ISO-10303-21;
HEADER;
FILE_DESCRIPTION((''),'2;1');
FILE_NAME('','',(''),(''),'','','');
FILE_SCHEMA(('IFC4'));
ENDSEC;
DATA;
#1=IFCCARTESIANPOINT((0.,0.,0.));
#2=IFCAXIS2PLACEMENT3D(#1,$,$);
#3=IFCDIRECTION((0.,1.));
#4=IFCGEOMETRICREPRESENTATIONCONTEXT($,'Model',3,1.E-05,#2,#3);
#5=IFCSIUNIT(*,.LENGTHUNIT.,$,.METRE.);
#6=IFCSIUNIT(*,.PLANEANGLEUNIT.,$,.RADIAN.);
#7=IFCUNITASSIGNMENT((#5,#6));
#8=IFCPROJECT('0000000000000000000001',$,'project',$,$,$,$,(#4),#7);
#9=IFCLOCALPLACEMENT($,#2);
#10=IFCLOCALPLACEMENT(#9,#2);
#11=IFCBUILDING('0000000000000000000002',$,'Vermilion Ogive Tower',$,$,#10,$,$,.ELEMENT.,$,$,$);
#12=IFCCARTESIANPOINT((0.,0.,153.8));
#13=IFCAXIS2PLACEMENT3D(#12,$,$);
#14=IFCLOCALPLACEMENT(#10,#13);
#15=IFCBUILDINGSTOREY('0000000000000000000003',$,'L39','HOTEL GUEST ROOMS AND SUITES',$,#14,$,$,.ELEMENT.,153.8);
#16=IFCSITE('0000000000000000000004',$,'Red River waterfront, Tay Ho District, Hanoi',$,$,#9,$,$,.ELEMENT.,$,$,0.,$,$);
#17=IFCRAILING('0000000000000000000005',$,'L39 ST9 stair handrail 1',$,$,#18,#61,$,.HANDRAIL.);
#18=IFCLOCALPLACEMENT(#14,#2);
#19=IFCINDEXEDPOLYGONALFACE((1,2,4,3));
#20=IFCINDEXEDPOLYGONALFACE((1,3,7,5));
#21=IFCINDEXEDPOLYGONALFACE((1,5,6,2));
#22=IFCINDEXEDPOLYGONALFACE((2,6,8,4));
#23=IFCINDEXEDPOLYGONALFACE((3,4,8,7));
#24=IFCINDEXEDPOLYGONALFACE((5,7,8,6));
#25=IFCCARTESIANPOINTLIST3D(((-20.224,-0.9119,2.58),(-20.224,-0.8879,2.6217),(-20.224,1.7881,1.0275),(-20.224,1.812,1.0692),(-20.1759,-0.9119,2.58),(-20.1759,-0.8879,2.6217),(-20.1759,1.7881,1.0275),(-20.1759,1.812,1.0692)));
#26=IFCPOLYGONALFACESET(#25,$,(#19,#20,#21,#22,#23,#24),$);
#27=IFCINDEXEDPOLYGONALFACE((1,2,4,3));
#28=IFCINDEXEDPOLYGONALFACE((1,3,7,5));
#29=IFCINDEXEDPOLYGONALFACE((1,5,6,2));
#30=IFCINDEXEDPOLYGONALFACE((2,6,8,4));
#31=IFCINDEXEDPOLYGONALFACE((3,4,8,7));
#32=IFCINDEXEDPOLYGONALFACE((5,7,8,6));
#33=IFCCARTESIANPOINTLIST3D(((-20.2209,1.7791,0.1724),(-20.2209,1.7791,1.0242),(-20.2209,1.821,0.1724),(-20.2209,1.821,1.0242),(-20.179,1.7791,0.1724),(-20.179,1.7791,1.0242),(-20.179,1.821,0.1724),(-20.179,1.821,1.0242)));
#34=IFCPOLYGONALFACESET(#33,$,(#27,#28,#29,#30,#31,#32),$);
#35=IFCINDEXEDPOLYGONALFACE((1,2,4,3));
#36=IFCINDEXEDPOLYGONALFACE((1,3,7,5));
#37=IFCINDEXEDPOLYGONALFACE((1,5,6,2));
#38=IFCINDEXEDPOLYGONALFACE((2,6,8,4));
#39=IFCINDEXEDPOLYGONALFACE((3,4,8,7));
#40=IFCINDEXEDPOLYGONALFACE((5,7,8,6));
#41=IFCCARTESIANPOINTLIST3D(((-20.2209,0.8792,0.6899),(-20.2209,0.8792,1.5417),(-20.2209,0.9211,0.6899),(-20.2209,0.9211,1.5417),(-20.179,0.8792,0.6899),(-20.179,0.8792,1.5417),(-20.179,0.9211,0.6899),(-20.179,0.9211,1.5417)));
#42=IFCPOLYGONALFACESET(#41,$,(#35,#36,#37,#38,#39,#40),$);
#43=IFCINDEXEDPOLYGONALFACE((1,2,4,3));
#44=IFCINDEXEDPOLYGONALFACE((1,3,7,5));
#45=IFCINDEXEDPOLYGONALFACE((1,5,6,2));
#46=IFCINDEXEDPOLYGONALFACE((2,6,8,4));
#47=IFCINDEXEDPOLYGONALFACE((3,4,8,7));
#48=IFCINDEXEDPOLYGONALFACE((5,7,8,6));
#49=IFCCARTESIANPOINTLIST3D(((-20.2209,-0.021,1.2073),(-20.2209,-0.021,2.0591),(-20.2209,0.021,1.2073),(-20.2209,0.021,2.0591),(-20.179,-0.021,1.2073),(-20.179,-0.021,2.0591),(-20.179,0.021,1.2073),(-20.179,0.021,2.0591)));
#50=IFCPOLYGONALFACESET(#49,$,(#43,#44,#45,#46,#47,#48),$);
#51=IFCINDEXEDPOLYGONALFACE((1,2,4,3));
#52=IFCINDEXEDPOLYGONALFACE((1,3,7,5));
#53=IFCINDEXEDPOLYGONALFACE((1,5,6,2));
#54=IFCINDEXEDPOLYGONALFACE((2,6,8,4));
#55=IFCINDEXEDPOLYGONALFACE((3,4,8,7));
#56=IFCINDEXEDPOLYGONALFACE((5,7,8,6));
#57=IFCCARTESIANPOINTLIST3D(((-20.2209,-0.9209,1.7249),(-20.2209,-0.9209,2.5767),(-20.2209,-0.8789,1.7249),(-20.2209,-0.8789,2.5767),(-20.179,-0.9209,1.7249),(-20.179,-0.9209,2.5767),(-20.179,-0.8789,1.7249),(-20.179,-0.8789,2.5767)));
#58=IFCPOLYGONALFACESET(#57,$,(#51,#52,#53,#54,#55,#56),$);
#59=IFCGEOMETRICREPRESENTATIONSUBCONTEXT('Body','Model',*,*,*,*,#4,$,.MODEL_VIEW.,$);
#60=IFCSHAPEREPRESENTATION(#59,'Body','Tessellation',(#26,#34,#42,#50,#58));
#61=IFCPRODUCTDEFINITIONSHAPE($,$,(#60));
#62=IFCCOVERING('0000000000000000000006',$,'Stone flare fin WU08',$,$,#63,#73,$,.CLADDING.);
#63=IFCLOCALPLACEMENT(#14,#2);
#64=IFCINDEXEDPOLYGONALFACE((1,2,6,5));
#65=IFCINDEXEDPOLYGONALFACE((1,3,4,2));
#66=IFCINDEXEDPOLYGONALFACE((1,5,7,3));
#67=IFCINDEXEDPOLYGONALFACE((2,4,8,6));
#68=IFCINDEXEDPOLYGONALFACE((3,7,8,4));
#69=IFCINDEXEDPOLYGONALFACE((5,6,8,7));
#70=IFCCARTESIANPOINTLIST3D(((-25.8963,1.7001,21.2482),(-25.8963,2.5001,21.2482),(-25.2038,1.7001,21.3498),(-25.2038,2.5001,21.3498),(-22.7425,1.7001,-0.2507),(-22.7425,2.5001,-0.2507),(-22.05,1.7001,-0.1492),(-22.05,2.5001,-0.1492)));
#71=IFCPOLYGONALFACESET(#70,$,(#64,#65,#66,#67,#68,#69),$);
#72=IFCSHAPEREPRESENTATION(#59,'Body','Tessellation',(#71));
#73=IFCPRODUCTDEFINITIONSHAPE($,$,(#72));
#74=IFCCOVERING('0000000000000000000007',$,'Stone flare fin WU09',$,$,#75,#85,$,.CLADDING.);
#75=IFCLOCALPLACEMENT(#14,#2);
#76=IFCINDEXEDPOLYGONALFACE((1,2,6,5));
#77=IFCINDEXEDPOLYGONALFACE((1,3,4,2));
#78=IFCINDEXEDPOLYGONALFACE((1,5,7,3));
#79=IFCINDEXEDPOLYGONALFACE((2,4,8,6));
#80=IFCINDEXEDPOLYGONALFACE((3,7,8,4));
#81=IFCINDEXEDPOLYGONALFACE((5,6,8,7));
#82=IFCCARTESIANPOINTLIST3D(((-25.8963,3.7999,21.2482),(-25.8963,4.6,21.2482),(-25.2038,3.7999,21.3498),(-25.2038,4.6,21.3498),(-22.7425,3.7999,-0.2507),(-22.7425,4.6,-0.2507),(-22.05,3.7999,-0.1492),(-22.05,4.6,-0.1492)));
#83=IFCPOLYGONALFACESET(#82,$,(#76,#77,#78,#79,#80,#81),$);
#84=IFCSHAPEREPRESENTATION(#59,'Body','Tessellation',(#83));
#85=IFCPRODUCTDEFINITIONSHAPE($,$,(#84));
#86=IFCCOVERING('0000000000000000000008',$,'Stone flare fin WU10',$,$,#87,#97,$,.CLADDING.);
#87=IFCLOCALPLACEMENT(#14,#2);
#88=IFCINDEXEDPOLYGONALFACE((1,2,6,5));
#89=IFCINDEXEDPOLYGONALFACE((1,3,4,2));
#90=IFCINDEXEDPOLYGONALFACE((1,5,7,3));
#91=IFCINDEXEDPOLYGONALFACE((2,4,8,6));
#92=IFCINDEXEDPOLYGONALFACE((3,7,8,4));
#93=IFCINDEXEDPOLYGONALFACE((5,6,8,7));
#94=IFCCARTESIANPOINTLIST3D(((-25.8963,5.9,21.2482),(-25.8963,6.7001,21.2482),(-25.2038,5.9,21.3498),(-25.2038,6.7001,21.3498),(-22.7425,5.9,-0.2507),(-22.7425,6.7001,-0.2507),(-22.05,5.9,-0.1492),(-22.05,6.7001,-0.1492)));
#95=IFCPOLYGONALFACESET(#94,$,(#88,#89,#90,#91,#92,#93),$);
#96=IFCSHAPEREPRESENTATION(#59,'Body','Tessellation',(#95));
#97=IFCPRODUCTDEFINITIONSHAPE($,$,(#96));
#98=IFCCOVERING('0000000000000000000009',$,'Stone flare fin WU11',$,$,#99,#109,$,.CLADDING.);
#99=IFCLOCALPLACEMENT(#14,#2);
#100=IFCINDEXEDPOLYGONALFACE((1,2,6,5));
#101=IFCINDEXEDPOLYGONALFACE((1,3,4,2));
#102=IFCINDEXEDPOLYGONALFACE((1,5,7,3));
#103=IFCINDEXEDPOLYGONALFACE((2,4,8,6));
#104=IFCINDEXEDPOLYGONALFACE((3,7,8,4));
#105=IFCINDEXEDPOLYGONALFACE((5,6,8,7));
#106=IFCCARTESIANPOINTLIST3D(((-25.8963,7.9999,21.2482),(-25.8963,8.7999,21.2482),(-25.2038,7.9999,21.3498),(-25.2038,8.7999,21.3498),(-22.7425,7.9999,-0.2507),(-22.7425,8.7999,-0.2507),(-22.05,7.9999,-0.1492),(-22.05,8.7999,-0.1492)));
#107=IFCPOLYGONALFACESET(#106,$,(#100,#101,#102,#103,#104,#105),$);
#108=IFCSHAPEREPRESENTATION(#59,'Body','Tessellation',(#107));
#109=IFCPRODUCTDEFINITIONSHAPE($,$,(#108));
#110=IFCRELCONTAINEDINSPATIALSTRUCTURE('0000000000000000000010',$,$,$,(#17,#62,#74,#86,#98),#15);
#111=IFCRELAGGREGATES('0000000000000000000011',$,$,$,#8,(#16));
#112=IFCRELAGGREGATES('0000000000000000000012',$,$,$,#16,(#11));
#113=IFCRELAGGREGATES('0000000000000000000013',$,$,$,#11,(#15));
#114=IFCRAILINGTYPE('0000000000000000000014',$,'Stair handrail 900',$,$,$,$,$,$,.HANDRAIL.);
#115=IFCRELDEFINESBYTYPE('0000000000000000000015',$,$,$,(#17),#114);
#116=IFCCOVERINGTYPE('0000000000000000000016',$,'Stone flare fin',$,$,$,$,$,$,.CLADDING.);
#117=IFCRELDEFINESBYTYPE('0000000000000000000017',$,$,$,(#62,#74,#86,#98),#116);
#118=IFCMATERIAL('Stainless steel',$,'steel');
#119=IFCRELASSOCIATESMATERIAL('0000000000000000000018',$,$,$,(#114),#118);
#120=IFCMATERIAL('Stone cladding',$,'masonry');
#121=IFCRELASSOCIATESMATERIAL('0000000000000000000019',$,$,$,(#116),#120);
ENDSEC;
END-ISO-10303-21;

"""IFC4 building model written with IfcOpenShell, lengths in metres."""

from ifc_helpers import new_model, si_unit, direction, frame, origin, origin_2d, place, context, subcontext, project, spatial, rectangle, extrude, material, material_profile, profile_set, type_object, element, save


model = new_model("IFC4")

# Units and contexts
model_context = context("Model", 3, precision=1e-05, world=origin(), true_north=direction((0.0, 1.0)))
body_context = subcontext(model_context, "Body", "Model", "MODEL_VIEW")
ifc_project = project(units=[si_unit("LENGTHUNIT", "METRE"), si_unit("PLANEANGLEUNIT", "RADIAN")], contexts=[model_context])

# Site, building, storey
site_placement = place(None, origin())
site = spatial("IfcSite", under=ifc_project, at=site_placement, Name="Red River waterfront, Tay Ho District, Hanoi", CompositionType="ELEMENT", RefElevation=0.0)
building_placement = place(site_placement, origin())
building = spatial("IfcBuilding", under=site, at=building_placement, Name="Vermilion Ogive Tower", CompositionType="ELEMENT")
storey_placement = place(building_placement, frame((0.0, 0.0, 153.8)))
storey = spatial("IfcBuildingStorey", under=building, at=storey_placement, Name="L39", Description="HOTEL GUEST ROOMS AND SUITES", CompositionType="ELEMENT", Elevation=153.8)

# Railing
ifc_material_1 = material(Name="Stainless steel", Category="steel")
railing_type_1 = type_object("IfcRailingType", Name="Stair handrail 900", PredefinedType="HANDRAIL", material=ifc_material_1)
railing_1_placement = place(storey_placement, frame((-20.2, 1.8, 0.1724)))
element("IfcRailing", 1, at=railing_1_placement, inside=storey, type_object=railing_type_1, Name="L39 ST9 stair handrail 1", PredefinedType="HANDRAIL", context=body_context, shape_type="SweptSolid", body=[
    extrude(rectangle(XDim=0.0481, YDim=0.0481, at=origin_2d()), frame((0.0, 0.0, 0.876), z_axis=(0.0, -0.866904, 0.498476), x_axis=(1.0, 0.0, 0.0)), (0.0, 0.0, 1.0), 3.1145),
    extrude(rectangle(XDim=0.042, YDim=0.042, at=origin_2d()), origin(), (0.0, 0.0, 1.0), 0.8518),
    extrude(rectangle(XDim=0.042, YDim=0.042, at=origin_2d()), frame((0.0, -0.8999, 0.5176)), (0.0, 0.0, 1.0), 0.8518),
    extrude(rectangle(XDim=0.042, YDim=0.042, at=origin_2d()), frame((0.0, -1.8, 1.0349)), (0.0, 0.0, 1.0), 0.8518),
    extrude(rectangle(XDim=0.042, YDim=0.042, at=origin_2d()), frame((0.0, -2.7, 1.5525)), (0.0, 0.0, 1.0), 0.8518),
])

# Coverings
ifc_material_2 = material(Name="Stone cladding", Category="masonry")
ifc_material_profile_1 = material_profile(ifc_material_2, rectangle(XDim=0.8, YDim=0.7, at=origin_2d()), Name="STONE 800x700")
ifc_profile_set_1 = profile_set([ifc_material_profile_1], Name="Stone cladding")
covering_type = type_object("IfcCoveringType", Name="Stone flare fin", PredefinedType="CLADDING", material=ifc_profile_set_1)
for number, where, z_axis, x_axis, name in (
    (2, (-22.3962, 2.1001, -0.2), (-0.145142, 0.0, 0.989411), (0.0, -1.0, 0.0), "Stone flare fin WU08"),
    (3, (-22.3962, 4.2, -0.2), (-0.145142, 0.0, 0.989411), (0.0, -1.0, 0.0), "Stone flare fin WU09"),
    (4, (-22.3962, 6.3, -0.2), (-0.145142, 0.0, 0.989411), (0.0, -1.0, 0.0), "Stone flare fin WU10"),
    (5, (-22.3962, 8.3999, -0.2), (-0.145142, 0.0, 0.989411), (0.0, -1.0, 0.0), "Stone flare fin WU11"),
):
    element("IfcCovering", number, at=place(storey_placement, frame(where, z_axis=z_axis, x_axis=x_axis)), inside=storey, type_object=covering_type, Name=name, PredefinedType="CLADDING", context=body_context, shape_type="SweptSolid", body=[
        extrude(rectangle(XDim=0.8, YDim=0.7, at=origin_2d()), origin(), (0.0, 0.0, 1.0), 21.729),
    ])

save(model, "model.ifc")
